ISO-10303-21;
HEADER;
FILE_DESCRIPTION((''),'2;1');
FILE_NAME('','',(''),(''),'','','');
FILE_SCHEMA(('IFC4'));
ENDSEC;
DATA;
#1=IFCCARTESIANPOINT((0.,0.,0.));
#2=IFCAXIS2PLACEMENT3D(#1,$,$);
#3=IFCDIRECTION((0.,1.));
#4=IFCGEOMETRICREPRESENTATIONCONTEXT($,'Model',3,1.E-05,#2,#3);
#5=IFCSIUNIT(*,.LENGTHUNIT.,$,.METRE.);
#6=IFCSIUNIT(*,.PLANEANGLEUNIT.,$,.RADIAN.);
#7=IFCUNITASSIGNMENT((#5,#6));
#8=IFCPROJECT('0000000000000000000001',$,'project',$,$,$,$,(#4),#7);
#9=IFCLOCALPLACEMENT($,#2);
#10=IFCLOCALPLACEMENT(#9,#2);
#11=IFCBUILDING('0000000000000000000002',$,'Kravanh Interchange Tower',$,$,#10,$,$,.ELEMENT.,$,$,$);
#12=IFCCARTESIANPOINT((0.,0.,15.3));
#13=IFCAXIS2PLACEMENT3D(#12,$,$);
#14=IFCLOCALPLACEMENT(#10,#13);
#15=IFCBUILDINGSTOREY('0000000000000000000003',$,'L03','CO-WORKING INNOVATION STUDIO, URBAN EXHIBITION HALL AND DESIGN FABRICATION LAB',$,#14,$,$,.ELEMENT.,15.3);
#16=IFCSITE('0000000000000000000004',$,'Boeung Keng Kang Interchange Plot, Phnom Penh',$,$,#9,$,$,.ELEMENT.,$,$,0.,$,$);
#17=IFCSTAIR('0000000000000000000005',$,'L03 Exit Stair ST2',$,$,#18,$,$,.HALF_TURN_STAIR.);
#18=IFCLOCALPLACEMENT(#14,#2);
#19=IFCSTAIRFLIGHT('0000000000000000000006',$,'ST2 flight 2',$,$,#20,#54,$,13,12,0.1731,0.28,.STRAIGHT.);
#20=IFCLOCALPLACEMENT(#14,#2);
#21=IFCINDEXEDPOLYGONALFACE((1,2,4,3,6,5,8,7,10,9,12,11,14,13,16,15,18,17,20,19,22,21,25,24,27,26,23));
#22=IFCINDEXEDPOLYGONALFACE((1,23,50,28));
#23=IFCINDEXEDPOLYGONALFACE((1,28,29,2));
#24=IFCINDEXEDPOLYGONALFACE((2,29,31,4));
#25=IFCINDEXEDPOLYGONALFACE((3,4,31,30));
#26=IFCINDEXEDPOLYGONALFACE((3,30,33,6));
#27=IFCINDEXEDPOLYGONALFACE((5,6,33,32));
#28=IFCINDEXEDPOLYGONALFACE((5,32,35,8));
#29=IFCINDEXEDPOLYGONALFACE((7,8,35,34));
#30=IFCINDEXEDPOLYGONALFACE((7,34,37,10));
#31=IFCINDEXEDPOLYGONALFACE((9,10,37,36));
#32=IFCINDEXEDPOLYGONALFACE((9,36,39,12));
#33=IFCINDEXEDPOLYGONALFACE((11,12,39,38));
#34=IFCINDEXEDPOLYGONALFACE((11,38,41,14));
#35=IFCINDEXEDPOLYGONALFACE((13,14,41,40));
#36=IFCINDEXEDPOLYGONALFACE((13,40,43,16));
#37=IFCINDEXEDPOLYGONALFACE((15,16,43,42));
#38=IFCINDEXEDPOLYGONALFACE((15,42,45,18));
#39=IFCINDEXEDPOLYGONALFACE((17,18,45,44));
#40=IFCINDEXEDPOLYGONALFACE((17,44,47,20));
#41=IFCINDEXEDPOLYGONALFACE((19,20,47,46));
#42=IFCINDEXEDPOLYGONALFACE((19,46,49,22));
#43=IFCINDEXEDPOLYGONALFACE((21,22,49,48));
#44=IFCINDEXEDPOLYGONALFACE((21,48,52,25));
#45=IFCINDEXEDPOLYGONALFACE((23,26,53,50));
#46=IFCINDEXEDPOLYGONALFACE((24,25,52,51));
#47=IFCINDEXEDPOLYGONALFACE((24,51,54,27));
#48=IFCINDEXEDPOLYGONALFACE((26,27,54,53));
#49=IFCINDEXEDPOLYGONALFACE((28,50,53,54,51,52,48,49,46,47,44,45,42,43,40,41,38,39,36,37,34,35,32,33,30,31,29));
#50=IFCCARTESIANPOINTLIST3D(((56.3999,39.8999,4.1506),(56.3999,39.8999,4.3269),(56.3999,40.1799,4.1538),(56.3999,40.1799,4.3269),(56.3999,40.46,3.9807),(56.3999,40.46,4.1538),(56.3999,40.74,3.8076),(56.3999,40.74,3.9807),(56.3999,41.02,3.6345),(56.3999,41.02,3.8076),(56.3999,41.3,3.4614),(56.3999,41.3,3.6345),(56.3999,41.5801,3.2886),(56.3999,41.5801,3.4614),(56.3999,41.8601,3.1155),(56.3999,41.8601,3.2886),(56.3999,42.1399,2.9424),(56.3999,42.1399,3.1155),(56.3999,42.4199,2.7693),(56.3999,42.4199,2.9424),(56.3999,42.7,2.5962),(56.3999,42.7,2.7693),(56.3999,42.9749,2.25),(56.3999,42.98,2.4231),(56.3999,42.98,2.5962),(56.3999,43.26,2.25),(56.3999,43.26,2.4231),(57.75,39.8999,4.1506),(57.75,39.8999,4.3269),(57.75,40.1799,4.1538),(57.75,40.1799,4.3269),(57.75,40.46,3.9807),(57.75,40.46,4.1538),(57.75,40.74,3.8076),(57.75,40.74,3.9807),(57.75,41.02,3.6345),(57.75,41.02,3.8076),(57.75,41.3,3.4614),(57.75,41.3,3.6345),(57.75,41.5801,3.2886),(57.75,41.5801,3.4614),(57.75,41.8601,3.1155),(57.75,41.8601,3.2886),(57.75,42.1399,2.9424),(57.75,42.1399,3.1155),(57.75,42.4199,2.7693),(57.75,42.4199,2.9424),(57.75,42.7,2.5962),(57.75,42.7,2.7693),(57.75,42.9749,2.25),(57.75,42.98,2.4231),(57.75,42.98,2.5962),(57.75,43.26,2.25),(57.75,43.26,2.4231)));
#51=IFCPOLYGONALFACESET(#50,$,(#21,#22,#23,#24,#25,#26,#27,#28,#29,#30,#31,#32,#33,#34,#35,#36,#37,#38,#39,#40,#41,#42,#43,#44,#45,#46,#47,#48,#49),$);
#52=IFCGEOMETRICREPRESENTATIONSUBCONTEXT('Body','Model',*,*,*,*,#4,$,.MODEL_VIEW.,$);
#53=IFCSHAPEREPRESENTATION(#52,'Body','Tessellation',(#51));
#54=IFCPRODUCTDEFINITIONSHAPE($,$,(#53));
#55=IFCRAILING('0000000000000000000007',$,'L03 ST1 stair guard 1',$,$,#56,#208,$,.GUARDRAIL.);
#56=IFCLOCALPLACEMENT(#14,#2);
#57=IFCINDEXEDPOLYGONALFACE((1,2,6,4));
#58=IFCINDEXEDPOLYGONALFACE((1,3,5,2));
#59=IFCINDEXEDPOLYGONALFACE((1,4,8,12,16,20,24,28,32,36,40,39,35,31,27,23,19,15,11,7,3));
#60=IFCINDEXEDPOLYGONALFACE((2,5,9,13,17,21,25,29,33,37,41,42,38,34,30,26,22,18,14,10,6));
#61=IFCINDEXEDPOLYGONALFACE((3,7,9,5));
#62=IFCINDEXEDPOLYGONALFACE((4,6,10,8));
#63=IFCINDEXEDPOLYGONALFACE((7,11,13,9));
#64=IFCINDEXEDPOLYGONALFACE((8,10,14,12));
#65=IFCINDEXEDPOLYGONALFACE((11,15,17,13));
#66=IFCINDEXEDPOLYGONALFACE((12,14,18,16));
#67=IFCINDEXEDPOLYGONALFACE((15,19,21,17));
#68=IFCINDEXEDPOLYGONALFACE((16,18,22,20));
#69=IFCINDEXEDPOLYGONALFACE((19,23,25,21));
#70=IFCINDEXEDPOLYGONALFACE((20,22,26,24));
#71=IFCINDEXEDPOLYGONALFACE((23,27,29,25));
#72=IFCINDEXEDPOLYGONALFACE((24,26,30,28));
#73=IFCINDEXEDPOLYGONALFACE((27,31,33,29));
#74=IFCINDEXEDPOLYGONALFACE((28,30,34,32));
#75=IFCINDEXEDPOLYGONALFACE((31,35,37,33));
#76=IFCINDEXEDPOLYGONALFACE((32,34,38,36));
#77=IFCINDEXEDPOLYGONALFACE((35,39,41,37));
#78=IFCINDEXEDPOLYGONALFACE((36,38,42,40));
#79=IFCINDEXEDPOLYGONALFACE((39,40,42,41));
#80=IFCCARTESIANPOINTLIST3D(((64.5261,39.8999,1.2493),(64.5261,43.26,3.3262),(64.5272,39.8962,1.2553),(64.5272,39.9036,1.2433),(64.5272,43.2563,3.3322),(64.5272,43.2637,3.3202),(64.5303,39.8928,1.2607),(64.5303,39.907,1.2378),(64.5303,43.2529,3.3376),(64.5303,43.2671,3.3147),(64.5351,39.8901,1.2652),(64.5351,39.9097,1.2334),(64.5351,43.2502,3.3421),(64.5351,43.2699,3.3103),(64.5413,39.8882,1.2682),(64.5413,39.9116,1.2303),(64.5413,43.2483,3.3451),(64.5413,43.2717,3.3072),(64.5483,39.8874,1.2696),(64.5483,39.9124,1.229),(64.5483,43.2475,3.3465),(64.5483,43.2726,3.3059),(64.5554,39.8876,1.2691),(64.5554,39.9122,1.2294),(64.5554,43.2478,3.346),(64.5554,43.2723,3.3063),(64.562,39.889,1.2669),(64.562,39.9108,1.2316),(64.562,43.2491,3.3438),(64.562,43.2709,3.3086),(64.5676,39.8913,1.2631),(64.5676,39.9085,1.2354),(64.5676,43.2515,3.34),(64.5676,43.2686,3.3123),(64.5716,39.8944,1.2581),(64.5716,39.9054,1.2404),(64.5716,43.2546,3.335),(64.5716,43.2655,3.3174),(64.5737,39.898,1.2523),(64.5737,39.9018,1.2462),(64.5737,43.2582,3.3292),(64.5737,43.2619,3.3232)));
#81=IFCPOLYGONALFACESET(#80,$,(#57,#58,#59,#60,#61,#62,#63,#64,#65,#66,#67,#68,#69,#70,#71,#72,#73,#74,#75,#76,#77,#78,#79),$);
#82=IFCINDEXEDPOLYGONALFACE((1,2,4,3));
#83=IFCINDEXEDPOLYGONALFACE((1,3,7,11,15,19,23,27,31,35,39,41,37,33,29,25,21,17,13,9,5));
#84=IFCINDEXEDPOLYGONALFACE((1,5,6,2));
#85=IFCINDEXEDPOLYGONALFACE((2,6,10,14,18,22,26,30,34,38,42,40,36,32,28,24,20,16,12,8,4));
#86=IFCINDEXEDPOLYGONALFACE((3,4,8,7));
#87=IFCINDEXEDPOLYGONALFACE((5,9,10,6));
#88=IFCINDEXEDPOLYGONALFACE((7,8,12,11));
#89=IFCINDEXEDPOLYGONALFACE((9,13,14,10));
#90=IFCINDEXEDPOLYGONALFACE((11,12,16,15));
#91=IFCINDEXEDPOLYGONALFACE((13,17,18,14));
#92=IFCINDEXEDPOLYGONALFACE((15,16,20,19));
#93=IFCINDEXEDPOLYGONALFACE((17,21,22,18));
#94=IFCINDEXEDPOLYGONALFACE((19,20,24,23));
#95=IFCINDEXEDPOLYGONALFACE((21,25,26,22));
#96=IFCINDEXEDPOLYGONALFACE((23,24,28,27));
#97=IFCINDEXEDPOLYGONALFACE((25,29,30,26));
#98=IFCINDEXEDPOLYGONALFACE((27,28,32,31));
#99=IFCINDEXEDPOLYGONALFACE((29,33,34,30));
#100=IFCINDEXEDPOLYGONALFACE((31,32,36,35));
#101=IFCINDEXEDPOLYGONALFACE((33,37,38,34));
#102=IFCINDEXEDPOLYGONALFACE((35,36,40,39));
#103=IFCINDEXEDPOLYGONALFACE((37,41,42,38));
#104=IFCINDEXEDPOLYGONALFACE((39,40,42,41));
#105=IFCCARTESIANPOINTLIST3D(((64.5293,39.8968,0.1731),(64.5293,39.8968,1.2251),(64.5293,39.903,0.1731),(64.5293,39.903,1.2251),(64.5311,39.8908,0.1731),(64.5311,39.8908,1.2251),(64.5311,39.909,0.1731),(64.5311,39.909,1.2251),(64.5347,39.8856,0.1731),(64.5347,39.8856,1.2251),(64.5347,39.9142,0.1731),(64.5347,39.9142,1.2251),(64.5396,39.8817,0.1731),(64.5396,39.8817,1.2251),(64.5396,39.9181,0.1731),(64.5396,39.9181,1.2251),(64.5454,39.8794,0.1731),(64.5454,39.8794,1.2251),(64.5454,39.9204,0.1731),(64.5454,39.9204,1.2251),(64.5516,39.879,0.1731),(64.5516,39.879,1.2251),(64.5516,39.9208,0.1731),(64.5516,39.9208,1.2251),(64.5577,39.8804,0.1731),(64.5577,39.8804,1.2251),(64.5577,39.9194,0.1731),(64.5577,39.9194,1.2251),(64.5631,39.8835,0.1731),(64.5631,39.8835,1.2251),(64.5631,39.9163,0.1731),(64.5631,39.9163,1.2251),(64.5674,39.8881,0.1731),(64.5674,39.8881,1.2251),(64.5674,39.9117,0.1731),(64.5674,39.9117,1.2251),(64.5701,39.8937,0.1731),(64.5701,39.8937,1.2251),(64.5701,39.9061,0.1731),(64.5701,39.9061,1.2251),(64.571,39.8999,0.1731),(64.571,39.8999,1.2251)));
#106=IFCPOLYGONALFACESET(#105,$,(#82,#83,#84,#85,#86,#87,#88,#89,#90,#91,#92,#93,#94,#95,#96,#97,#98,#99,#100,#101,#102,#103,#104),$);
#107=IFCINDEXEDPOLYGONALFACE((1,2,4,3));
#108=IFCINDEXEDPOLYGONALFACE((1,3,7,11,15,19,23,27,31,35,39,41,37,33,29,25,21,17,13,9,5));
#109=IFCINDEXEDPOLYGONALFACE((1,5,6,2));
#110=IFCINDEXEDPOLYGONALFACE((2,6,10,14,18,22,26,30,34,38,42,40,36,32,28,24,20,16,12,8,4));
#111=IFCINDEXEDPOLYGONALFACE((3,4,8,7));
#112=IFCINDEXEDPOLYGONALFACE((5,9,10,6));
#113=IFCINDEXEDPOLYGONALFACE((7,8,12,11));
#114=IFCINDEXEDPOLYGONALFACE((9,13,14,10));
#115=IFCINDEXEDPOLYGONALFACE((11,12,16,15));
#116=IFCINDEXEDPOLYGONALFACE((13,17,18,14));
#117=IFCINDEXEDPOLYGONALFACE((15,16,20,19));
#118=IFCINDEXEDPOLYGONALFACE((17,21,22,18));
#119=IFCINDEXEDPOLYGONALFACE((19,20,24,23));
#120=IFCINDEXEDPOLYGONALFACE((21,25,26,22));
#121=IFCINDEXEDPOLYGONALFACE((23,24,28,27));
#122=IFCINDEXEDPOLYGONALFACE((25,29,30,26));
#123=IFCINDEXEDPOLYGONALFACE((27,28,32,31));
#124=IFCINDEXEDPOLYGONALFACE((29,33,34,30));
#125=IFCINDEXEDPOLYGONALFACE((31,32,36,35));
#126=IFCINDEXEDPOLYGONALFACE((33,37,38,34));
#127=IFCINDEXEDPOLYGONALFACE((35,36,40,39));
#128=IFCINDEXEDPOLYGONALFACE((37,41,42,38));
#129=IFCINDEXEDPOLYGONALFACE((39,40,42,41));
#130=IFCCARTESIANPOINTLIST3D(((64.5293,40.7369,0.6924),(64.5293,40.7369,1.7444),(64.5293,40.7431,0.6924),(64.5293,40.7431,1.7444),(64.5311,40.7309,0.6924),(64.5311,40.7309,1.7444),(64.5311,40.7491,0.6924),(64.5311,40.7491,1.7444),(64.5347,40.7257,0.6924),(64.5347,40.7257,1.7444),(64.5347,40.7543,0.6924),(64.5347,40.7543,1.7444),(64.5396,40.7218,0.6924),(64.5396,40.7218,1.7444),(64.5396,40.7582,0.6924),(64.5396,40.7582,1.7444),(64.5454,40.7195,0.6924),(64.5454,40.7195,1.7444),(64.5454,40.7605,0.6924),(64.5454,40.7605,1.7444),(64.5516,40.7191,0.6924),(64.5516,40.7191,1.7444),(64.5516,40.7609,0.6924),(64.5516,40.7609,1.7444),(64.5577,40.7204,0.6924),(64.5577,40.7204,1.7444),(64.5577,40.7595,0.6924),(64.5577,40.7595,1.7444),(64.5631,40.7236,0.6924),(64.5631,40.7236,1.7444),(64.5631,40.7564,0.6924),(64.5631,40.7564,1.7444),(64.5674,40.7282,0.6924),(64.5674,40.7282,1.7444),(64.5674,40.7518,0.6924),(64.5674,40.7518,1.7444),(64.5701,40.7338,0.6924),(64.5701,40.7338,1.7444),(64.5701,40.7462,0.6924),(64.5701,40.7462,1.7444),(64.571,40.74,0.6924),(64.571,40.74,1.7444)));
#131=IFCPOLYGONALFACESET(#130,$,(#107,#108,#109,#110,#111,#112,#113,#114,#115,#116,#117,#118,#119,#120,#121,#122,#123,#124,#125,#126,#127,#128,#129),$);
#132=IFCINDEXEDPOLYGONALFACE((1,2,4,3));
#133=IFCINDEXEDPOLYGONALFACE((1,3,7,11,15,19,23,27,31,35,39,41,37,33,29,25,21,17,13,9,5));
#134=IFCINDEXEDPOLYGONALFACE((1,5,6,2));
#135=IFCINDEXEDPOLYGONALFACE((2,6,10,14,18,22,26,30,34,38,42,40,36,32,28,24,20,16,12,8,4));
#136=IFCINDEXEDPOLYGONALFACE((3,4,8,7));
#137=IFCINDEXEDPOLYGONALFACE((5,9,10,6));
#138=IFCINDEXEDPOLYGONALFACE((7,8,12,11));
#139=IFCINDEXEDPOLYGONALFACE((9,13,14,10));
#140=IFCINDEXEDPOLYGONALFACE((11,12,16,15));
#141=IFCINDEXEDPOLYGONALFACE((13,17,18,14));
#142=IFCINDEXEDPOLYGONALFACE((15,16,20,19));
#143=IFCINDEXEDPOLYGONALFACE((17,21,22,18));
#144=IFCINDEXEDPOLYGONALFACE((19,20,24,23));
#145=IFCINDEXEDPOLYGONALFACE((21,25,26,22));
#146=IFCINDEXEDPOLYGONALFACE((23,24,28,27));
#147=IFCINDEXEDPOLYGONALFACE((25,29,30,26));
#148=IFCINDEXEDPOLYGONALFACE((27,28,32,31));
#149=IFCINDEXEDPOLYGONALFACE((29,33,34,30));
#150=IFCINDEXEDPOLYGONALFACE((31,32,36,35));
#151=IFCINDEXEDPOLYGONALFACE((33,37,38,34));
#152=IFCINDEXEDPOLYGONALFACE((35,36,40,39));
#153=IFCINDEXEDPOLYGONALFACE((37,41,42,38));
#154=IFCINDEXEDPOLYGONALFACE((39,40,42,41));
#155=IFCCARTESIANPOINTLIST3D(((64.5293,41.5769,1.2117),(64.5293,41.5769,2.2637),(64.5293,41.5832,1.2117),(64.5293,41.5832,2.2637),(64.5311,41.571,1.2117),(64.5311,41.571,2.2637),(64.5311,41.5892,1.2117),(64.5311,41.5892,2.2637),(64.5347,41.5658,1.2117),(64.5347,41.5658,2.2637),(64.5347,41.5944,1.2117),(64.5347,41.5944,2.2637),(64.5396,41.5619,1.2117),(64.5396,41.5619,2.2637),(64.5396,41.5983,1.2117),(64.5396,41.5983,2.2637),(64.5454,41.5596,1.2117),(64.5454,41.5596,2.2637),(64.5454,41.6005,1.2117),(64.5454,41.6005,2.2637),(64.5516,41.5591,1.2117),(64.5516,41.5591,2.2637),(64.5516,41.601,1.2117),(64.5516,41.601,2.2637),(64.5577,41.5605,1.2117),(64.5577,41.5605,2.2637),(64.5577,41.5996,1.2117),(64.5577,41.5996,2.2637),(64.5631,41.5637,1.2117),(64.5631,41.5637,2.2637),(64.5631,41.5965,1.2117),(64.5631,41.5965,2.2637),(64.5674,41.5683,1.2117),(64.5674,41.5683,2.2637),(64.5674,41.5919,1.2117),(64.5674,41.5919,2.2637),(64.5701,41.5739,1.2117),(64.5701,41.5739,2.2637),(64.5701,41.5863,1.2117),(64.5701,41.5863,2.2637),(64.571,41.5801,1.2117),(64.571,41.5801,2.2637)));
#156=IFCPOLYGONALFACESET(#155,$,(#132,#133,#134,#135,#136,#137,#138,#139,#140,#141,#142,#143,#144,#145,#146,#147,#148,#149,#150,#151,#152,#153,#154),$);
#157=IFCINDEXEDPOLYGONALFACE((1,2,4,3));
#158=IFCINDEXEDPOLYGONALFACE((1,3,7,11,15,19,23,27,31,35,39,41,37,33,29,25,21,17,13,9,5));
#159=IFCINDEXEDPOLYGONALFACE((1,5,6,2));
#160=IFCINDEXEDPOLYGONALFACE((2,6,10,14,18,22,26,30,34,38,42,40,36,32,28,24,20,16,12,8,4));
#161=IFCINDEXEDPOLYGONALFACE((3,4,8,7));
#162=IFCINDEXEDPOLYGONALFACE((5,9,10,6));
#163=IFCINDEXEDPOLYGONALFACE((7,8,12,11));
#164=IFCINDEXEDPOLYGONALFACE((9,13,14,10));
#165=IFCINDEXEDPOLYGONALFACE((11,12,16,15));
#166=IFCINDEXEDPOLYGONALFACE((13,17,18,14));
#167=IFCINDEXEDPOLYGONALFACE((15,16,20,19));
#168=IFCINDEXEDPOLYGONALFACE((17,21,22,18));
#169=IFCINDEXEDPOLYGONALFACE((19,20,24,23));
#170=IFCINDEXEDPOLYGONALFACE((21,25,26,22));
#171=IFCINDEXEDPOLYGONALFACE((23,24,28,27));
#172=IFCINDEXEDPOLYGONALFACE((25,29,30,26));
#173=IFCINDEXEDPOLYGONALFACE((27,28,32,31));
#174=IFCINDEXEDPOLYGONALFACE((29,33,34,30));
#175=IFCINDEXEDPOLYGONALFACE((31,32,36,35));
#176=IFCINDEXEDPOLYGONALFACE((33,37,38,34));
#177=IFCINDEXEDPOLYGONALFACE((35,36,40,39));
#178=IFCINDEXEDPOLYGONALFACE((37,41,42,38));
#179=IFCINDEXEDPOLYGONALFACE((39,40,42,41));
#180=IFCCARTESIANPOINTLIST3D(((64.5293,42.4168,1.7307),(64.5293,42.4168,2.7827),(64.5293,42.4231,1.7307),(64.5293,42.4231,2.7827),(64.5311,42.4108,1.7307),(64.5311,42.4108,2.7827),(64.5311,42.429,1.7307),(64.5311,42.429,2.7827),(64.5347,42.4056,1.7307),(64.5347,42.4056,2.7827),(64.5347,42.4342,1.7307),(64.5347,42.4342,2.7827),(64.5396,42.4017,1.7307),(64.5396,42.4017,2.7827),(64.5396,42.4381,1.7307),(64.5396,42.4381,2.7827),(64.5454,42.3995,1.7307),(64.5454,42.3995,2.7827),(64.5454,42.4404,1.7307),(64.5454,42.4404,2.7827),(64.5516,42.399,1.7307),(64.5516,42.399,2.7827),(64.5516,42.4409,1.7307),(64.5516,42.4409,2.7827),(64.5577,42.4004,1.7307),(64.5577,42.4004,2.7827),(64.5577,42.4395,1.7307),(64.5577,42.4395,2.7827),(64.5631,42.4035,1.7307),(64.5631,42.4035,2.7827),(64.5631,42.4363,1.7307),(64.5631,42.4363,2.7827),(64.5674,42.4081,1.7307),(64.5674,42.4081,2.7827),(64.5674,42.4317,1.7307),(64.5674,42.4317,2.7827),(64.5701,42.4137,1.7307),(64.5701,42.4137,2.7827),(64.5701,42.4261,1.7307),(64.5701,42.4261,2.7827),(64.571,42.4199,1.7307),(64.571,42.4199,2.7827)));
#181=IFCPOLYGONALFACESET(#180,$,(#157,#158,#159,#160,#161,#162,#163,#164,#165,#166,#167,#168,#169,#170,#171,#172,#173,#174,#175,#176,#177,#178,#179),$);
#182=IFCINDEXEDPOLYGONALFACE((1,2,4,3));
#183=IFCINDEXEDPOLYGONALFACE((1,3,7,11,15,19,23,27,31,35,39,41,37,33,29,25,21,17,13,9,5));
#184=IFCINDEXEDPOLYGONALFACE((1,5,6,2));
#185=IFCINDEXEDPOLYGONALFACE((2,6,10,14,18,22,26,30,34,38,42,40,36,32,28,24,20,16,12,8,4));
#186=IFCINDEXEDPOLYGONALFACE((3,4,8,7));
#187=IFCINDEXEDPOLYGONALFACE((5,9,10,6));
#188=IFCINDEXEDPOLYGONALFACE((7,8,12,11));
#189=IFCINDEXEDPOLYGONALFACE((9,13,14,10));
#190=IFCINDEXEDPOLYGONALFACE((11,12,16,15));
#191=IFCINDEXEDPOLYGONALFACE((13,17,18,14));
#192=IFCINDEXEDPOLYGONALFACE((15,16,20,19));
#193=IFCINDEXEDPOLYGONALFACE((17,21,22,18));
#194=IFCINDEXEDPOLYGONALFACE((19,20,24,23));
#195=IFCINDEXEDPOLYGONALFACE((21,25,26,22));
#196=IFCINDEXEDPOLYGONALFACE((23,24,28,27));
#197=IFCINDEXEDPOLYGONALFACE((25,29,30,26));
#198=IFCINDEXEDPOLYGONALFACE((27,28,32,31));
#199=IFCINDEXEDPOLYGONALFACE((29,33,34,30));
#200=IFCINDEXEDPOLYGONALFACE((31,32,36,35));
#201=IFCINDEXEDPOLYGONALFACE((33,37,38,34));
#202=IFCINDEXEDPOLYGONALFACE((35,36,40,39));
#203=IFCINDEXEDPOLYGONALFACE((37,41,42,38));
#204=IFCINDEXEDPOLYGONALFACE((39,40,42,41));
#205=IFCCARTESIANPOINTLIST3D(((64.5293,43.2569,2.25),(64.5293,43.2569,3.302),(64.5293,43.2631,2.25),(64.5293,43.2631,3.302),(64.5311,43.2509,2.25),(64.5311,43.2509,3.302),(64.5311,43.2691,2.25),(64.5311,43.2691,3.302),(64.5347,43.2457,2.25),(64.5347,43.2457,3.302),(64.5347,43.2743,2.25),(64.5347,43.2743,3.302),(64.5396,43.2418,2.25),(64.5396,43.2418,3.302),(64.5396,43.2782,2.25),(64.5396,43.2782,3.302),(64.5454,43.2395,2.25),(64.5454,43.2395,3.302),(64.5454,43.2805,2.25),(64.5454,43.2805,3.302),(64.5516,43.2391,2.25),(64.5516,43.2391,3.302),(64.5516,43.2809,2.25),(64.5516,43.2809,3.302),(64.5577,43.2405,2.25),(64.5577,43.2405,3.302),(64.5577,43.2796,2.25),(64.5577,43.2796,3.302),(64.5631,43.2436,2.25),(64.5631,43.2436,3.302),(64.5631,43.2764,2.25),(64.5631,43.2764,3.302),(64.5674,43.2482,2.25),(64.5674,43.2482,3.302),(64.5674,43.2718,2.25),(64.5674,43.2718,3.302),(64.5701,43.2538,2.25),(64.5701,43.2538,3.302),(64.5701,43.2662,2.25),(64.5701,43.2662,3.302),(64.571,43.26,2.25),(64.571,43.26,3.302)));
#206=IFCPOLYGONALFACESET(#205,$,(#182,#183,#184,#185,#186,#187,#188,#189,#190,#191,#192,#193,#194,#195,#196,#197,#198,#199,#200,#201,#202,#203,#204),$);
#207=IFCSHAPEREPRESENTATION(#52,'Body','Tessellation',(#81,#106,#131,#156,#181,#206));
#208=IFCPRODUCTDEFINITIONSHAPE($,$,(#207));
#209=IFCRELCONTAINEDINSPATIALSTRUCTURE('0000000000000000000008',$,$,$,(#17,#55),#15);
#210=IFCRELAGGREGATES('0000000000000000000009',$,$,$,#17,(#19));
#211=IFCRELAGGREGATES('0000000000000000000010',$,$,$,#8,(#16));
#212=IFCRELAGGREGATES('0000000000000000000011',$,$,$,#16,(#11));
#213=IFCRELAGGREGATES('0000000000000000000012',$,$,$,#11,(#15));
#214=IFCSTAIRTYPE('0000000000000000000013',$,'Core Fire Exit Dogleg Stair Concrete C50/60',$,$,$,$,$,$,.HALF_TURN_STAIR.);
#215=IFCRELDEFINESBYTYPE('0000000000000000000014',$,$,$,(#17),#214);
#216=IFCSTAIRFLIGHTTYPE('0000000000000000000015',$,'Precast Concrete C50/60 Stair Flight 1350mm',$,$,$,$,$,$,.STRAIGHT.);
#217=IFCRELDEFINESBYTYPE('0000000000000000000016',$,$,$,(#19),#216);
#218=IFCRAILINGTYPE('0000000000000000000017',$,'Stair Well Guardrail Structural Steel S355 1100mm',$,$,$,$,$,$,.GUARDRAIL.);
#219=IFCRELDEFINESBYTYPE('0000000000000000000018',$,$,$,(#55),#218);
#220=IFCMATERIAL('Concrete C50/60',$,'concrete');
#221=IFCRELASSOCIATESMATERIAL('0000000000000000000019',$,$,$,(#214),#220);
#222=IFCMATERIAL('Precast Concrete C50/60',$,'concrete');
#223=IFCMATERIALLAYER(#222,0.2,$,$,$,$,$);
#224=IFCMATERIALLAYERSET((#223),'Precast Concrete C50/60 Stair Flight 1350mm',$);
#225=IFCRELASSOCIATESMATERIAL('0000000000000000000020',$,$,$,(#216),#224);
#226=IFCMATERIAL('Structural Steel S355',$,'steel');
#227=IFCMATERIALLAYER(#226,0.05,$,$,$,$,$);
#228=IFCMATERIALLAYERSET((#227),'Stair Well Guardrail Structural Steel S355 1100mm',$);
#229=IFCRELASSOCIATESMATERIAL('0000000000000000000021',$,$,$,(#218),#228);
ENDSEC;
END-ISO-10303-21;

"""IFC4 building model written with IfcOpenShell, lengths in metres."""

from ifc_helpers import new_model, si_unit, direction, frame, origin, origin_2d, place, context, subcontext, project, spatial, polyline, circle, outline, extrude, material, layer, layer_set, type_object, element, aggregate, save


model = new_model("IFC4")

# Units and contexts
model_context = context("Model", 3, precision=1e-05, world=origin(), true_north=direction((0.0, 1.0)))
body_context = subcontext(model_context, "Body", "Model", "MODEL_VIEW")
ifc_project = project(units=[si_unit("LENGTHUNIT", "METRE"), si_unit("PLANEANGLEUNIT", "RADIAN")], contexts=[model_context])

# Site, building, storey
site_placement = place(None, origin())
site = spatial("IfcSite", under=ifc_project, at=site_placement, Name="Boeung Keng Kang Interchange Plot, Phnom Penh", CompositionType="ELEMENT", RefElevation=0.0)
building_placement = place(site_placement, origin())
building = spatial("IfcBuilding", under=site, at=building_placement, Name="Kravanh Interchange Tower", CompositionType="ELEMENT")
storey_placement = place(building_placement, frame((0.0, 0.0, 15.3)))
storey = spatial("IfcBuildingStorey", under=building, at=storey_placement, Name="L03", Description="CO-WORKING INNOVATION STUDIO, URBAN EXHIBITION HALL AND DESIGN FABRICATION LAB", CompositionType="ELEMENT", Elevation=15.3)

# Stair, stair flight
ifc_material_1 = material(Name="Concrete C50/60", Category="concrete")
stair_type = type_object("IfcStairType", Name="Core Fire Exit Dogleg Stair Concrete C50/60", PredefinedType="HALF_TURN_STAIR", material=ifc_material_1)
ifc_material_2 = material(Name="Precast Concrete C50/60", Category="concrete")
ifc_layer_1 = layer(ifc_material_2, 0.2)
ifc_layer_set_1 = layer_set([ifc_layer_1], Name="Precast Concrete C50/60 Stair Flight 1350mm")
stair_flight_type = type_object("IfcStairFlightType", Name="Precast Concrete C50/60 Stair Flight 1350mm", PredefinedType="STRAIGHT", material=ifc_layer_set_1)
stair_1_placement = place(storey_placement, origin())
stair_1 = element("IfcStair", 1, at=stair_1_placement, inside=storey, type_object=stair_type, Name="L03 Exit Stair ST2", PredefinedType="HALF_TURN_STAIR")
stair_flight_1_placement = place(storey_placement, frame((57.075, 43.26, 2.25), z_axis=(0.0, 0.0, 1.0), x_axis=(0.0, -1.0, 0.0)))
stair_flight_1 = element("IfcStairFlight", 2, at=stair_flight_1_placement, type_object=stair_flight_type, Name="ST2 flight 2", NumberOfRisers=13, NumberOfTreads=12, PredefinedType="STRAIGHT", RiserHeight=0.1731, TreadLength=0.28, context=body_context, shape_type="SweptSolid", body=[
    extrude(outline(polyline([(0.0, 0.0), (0.0, 0.1731), (0.28, 0.1731), (0.28, 0.3462), (0.5601, 0.3462), (0.5601, 0.5193), (0.8401, 0.5193), (0.8401, 0.6924), (1.1201, 0.6924), (1.1201, 0.8655), (1.3999, 0.8655), (1.3999, 1.0386), (1.6799, 1.0386), (1.6799, 1.2114), (1.96, 1.2114), (1.96, 1.3845), (2.24, 1.3845), (2.24, 1.5576), (2.52, 1.5576), (2.52, 1.7307), (2.8, 1.7307), (2.8, 1.9038), (3.0801, 1.9038), (3.0801, 2.0769), (3.3601, 2.0769), (3.3601, 2.25), (3.3601, 1.9006), (0.2852, 0.0), (0.0, 0.0)])), frame((0.0, 0.675, 0.0), z_axis=(0.0, -1.0, 0.0), x_axis=(1.0, 0.0, 0.0)), (0.0, 0.0, 1.0), 1.3501),
])
aggregate(stair_1, [stair_flight_1])

# Railing
ifc_material_3 = material(Name="Structural Steel S355", Category="steel")
ifc_layer_2 = layer(ifc_material_3, 0.05)
ifc_layer_set_2 = layer_set([ifc_layer_2], Name="Stair Well Guardrail Structural Steel S355 1100mm")
railing_type_1 = type_object("IfcRailingType", Name="Stair Well Guardrail Structural Steel S355 1100mm", PredefinedType="GUARDRAIL", material=ifc_layer_set_2)
railing_1_placement = place(storey_placement, frame((64.55, 39.8999, 0.1731)))
element("IfcRailing", 3, at=railing_1_placement, inside=storey, type_object=railing_type_1, Name="L03 ST1 stair guard 1", PredefinedType="GUARDRAIL", context=body_context, shape_type="SweptSolid", body=[
    extrude(circle(Radius=0.0239, at=origin_2d()), frame((0.0, 0.0, 1.0762), z_axis=(0.0, 0.850623, 0.525776), x_axis=(-1.0, 0.0, 0.0)), (0.0, 0.0, 1.0), 3.9502),
    extrude(circle(Radius=0.021, at=origin_2d()), origin(), (0.0, 0.0, 1.0), 1.052),
    extrude(circle(Radius=0.021, at=origin_2d()), frame((0.0, 0.8401, 0.5193)), (0.0, 0.0, 1.0), 1.052),
    extrude(circle(Radius=0.021, at=origin_2d()), frame((0.0, 1.6802, 1.0386)), (0.0, 0.0, 1.0), 1.052),
    extrude(circle(Radius=0.021, at=origin_2d()), frame((0.0, 2.52, 1.5576)), (0.0, 0.0, 1.0), 1.052),
    extrude(circle(Radius=0.021, at=origin_2d()), frame((0.0, 3.3601, 2.0769)), (0.0, 0.0, 1.0), 1.052),
])

save(model, "model.ifc")
